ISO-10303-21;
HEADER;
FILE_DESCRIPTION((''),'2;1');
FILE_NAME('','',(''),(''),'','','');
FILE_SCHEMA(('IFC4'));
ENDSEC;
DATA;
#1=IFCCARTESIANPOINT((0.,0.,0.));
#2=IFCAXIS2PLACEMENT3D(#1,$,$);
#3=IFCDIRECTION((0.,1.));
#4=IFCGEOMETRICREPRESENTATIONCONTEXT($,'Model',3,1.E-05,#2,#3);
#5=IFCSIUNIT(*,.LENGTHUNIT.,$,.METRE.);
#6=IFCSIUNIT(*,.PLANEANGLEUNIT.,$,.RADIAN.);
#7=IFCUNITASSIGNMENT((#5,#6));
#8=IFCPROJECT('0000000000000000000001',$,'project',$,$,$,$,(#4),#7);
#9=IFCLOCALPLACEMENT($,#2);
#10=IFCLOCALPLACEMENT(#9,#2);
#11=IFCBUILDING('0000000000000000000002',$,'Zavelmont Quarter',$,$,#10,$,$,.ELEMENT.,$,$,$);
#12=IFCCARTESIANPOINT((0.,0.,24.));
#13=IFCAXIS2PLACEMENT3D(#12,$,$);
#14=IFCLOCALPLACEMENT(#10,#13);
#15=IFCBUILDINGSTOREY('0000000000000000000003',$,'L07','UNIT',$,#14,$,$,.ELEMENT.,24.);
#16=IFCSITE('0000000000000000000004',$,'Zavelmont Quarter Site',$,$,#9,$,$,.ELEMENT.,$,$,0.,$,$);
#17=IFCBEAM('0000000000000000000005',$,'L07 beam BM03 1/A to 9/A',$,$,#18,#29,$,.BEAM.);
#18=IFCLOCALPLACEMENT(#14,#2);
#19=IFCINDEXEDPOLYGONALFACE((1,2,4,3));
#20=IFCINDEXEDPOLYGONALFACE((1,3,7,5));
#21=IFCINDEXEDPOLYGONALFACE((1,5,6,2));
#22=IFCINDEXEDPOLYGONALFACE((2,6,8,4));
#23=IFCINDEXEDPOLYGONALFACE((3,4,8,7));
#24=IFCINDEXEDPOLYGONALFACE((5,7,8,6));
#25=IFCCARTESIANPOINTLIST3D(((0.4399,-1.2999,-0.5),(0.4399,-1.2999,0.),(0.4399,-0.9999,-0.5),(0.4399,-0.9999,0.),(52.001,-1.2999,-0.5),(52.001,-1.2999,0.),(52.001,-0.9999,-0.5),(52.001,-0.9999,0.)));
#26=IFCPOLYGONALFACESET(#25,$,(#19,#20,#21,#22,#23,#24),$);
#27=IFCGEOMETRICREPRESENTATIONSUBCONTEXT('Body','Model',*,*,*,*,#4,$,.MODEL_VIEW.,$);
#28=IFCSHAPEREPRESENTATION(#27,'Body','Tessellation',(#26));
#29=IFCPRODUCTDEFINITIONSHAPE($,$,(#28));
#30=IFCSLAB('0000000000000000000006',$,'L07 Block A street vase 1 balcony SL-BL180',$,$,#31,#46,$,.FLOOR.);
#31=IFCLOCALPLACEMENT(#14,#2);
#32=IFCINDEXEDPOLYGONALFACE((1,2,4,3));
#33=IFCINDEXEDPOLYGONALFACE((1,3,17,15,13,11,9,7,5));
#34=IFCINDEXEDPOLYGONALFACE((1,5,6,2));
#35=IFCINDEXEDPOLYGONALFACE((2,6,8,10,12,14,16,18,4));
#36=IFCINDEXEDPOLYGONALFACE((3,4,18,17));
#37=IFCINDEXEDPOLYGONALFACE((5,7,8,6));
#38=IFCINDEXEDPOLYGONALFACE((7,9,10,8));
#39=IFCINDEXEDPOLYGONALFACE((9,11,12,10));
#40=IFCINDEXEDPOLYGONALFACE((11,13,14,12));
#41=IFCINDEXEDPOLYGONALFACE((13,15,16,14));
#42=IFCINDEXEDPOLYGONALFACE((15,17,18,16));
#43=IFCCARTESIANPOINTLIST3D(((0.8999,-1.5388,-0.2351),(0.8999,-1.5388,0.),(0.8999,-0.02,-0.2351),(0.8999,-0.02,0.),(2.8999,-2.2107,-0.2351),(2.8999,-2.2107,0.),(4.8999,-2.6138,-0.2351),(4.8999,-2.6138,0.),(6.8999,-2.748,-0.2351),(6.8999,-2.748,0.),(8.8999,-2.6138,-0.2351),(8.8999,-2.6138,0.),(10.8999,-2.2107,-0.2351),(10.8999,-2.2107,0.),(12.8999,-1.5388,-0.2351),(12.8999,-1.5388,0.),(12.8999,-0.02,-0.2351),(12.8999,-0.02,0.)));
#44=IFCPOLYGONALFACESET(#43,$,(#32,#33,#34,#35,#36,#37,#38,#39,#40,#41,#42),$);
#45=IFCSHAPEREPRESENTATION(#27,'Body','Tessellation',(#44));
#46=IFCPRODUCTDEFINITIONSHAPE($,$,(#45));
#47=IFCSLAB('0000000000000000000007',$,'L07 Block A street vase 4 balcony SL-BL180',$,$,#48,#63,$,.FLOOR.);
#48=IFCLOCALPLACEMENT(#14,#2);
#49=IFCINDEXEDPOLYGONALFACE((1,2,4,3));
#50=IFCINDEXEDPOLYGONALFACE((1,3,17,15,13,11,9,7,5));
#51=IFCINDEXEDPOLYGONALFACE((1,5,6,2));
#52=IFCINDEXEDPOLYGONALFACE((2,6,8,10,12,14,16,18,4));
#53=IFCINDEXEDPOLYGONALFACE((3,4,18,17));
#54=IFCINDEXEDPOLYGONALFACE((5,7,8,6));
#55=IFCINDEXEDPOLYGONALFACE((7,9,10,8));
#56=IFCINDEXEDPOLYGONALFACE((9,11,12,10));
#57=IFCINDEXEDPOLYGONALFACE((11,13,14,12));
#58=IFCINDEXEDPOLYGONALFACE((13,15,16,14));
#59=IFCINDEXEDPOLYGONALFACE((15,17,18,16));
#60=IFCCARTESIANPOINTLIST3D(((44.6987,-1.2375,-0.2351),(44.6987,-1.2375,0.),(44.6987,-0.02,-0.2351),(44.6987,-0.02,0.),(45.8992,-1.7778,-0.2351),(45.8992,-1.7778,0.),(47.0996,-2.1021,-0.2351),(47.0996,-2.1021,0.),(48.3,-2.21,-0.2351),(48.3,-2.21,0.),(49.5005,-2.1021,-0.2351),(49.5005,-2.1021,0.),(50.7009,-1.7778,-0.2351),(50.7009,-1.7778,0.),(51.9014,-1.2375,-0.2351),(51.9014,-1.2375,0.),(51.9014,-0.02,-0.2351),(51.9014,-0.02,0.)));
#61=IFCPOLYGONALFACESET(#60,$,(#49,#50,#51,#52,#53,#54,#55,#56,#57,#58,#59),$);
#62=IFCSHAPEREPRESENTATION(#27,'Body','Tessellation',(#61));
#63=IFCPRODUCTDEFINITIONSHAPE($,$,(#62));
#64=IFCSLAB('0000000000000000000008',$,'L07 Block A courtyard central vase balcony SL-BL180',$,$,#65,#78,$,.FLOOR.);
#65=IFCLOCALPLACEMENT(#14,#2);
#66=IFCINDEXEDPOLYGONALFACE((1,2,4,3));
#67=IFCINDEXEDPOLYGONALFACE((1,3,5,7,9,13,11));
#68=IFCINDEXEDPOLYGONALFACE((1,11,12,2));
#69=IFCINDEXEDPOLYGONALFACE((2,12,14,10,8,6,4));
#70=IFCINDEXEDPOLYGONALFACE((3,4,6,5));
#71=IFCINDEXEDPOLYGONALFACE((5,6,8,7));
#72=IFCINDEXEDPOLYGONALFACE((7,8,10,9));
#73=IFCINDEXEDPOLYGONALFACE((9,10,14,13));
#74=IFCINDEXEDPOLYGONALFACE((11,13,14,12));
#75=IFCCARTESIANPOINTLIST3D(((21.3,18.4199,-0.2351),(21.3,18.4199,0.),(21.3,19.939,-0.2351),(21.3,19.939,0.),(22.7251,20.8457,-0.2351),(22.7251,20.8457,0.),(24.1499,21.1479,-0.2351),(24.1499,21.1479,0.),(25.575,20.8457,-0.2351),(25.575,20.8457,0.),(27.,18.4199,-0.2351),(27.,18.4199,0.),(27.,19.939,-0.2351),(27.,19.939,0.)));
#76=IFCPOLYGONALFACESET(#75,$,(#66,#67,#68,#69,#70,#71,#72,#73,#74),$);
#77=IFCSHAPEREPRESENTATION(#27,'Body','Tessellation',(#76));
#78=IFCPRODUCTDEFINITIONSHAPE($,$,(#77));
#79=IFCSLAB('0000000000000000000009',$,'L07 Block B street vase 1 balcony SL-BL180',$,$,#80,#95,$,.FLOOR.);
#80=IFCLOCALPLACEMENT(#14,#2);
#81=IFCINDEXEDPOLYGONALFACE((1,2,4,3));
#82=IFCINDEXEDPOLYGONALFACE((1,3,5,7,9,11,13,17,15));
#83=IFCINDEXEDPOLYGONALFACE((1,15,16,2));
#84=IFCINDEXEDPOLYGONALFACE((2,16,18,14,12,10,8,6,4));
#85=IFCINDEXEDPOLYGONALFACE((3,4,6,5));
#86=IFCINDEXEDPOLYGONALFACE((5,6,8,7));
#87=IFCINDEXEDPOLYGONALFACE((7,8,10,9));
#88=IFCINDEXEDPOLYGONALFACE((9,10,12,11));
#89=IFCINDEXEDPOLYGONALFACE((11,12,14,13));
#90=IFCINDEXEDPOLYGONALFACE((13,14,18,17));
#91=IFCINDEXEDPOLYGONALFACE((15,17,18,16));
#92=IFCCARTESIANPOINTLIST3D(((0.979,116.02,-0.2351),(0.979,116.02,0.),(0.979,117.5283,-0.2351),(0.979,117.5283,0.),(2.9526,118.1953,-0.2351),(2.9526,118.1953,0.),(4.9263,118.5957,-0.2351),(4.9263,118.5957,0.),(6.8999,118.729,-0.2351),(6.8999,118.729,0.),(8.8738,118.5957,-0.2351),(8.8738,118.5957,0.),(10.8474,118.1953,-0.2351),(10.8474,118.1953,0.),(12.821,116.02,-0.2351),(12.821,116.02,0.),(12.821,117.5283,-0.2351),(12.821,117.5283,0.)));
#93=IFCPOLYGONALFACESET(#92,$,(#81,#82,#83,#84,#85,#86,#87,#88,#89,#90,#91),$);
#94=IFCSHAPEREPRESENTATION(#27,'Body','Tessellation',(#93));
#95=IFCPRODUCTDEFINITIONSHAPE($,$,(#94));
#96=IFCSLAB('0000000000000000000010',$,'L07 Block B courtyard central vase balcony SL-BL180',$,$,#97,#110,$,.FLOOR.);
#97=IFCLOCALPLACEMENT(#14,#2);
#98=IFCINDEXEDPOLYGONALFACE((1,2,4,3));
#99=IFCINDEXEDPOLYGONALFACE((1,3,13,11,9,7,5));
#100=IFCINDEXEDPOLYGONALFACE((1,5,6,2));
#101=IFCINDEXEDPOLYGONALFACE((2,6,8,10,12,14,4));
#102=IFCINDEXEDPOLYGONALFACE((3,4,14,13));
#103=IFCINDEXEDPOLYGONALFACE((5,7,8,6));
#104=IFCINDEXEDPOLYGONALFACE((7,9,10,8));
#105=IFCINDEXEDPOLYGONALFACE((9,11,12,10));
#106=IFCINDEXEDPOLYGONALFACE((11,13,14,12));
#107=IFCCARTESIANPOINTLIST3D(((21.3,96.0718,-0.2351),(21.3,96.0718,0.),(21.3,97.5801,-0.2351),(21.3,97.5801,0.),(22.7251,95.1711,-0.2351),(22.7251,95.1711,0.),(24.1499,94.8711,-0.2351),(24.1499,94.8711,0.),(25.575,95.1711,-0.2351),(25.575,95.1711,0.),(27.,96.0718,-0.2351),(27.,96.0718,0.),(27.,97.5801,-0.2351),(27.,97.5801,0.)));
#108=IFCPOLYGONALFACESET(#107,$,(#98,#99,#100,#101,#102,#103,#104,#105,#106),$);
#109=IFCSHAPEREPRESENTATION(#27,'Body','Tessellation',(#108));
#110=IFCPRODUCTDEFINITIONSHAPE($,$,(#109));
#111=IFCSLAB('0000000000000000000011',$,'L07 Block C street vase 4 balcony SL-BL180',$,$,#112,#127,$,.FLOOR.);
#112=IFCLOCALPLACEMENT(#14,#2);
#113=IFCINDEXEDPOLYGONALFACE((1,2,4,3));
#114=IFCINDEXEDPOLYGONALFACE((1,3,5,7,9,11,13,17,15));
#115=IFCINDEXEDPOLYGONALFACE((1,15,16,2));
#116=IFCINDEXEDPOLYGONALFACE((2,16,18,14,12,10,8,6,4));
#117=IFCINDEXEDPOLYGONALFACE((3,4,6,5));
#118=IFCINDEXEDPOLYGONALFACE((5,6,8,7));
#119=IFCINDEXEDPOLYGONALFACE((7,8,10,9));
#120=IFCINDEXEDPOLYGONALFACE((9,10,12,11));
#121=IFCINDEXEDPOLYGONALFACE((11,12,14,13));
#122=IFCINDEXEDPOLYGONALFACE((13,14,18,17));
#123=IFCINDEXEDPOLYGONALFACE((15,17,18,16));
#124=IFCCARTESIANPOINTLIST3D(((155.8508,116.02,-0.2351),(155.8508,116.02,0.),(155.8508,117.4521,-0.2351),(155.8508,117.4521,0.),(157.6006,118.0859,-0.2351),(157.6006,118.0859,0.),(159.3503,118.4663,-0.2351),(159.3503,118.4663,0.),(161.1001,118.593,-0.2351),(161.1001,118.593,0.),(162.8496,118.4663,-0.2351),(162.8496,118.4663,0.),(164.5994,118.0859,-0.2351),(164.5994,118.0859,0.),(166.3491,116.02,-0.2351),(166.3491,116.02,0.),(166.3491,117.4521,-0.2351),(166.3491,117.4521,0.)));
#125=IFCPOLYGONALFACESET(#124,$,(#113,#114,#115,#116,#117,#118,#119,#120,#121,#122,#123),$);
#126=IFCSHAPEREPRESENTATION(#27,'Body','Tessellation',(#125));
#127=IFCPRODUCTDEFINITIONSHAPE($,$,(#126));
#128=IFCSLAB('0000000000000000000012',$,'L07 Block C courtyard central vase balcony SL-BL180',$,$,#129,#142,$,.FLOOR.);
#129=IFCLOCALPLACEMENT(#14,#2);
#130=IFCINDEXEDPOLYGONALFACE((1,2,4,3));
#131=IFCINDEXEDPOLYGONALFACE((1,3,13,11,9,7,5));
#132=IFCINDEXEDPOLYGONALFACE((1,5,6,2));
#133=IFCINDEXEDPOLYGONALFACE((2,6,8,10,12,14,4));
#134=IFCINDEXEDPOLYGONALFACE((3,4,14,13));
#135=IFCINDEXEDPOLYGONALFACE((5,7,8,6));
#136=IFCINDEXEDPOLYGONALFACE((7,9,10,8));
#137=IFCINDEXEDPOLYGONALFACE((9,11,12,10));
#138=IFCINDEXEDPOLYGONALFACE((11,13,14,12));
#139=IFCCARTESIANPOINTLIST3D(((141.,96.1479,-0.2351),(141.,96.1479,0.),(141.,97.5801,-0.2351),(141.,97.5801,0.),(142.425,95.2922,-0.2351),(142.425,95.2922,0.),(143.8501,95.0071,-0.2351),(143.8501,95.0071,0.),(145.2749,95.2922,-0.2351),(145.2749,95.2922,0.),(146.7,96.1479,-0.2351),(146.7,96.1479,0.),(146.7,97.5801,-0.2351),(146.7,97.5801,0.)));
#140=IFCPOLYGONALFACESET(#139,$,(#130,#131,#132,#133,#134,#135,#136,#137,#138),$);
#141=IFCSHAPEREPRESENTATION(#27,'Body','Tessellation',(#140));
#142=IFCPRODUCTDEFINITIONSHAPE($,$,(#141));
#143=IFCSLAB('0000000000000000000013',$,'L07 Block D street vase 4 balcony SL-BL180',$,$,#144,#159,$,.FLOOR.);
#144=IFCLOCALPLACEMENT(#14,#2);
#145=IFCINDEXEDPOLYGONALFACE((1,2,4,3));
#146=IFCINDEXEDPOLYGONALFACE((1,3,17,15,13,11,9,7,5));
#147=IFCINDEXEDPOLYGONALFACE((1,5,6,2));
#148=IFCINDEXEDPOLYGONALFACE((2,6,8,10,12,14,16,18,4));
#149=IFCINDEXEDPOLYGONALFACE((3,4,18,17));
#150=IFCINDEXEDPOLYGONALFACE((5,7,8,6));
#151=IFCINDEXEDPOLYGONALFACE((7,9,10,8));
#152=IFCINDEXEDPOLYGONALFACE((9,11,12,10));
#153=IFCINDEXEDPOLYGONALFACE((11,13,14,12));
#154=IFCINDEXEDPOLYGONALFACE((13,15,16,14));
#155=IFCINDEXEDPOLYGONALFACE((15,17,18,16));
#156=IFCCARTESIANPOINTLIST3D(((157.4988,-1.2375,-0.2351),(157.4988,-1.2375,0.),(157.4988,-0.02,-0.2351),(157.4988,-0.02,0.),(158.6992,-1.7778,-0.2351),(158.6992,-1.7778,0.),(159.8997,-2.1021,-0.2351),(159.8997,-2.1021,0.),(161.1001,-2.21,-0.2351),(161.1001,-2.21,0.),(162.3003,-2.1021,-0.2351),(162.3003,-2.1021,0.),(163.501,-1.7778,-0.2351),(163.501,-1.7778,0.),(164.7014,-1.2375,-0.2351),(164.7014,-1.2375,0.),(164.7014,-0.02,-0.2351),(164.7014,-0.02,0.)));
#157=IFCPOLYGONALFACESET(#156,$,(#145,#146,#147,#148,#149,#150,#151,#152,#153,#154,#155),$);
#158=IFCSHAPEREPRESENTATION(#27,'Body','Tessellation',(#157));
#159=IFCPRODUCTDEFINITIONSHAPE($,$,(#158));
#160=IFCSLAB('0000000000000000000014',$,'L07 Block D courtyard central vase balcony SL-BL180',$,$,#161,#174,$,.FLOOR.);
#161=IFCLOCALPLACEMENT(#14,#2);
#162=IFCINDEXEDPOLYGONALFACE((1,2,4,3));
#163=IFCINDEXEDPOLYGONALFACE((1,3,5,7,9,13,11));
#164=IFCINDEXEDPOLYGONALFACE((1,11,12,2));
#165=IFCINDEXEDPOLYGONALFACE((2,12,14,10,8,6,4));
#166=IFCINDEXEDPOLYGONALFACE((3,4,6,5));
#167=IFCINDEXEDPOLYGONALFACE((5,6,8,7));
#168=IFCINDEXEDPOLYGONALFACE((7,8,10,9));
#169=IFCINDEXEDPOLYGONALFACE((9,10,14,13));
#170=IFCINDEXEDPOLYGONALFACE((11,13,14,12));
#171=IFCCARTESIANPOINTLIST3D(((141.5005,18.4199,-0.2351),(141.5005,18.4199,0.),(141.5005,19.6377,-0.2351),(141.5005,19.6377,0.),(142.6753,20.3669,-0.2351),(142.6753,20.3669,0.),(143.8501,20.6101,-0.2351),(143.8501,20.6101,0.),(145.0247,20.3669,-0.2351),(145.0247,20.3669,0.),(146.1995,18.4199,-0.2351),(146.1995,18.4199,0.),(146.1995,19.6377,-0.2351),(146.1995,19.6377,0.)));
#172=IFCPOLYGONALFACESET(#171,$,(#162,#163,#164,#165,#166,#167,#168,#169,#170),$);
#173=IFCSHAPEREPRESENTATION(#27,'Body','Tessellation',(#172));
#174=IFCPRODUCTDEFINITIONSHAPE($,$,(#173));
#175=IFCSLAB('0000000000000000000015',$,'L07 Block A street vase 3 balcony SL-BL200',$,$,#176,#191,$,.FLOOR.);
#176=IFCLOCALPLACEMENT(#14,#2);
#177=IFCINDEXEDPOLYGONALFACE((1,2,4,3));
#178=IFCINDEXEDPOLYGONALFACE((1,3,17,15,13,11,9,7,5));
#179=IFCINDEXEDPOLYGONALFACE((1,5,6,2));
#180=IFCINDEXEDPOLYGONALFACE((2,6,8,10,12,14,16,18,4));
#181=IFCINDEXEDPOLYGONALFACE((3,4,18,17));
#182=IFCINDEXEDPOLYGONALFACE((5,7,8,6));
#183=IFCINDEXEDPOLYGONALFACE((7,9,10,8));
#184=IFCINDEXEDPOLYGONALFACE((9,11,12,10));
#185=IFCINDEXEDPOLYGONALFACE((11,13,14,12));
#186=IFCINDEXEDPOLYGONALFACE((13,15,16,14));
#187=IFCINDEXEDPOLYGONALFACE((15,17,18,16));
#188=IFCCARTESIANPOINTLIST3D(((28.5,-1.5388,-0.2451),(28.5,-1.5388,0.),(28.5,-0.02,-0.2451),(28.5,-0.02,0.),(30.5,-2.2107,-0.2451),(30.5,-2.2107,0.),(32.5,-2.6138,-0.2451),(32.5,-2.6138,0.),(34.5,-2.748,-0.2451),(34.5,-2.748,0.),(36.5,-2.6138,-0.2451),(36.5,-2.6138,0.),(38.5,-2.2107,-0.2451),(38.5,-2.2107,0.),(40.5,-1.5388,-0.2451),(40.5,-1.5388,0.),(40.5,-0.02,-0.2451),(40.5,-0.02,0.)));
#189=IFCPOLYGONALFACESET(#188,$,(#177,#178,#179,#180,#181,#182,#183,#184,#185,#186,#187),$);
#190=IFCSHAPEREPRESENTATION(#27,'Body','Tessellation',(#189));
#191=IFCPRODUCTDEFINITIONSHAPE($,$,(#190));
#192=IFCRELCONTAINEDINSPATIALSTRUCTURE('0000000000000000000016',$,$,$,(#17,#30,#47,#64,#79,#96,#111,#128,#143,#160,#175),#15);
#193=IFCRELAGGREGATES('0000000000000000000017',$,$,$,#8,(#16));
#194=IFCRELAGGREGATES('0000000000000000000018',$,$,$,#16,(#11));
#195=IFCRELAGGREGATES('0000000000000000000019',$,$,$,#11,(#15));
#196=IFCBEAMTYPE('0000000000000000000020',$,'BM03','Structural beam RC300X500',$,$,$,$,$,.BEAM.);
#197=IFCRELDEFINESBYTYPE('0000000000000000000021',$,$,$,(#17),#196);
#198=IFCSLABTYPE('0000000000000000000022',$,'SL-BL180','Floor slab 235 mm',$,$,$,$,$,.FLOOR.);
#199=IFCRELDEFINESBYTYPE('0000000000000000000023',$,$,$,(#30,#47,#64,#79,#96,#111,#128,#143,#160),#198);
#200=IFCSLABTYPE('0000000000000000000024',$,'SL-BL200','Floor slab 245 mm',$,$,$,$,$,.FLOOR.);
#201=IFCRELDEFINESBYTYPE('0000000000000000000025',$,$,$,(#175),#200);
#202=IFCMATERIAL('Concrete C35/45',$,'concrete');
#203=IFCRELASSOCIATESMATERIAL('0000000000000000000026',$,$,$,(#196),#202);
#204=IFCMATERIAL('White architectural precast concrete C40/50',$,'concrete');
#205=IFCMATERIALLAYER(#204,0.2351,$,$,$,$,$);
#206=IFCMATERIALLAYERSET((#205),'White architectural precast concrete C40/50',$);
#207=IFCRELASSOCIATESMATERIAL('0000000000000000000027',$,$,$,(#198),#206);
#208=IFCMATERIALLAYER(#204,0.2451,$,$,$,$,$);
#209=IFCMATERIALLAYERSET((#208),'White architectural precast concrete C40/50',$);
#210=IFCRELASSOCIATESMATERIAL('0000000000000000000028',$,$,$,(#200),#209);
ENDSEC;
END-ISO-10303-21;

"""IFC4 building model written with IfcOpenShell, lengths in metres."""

from ifc_helpers import new_model, si_unit, direction, frame, origin, origin_2d, place, context, subcontext, project, spatial, polyline, rectangle, outline, extrude, material, layer, layer_set, material_profile, profile_set, type_object, element, save


model = new_model("IFC4")

# Units and contexts
model_context = context("Model", 3, precision=1e-05, world=origin(), true_north=direction((0.0, 1.0)))
body_context = subcontext(model_context, "Body", "Model", "MODEL_VIEW")
ifc_project = project(units=[si_unit("LENGTHUNIT", "METRE"), si_unit("PLANEANGLEUNIT", "RADIAN")], contexts=[model_context])

# Site, building, storey
site_placement = place(None, origin())
site = spatial("IfcSite", under=ifc_project, at=site_placement, Name="Zavelmont Quarter Site", CompositionType="ELEMENT", RefElevation=0.0)
building_placement = place(site_placement, origin())
building = spatial("IfcBuilding", under=site, at=building_placement, Name="Zavelmont Quarter", CompositionType="ELEMENT")
storey_placement = place(building_placement, frame((0.0, 0.0, 24.0)))
storey = spatial("IfcBuildingStorey", under=building, at=storey_placement, Name="L07", Description="UNIT", CompositionType="ELEMENT", Elevation=24.0)

# Beam
ifc_material_1 = material(Name="Concrete C35/45", Category="concrete")
ifc_material_profile = material_profile(ifc_material_1, rectangle(XDim=0.3, YDim=0.5, at=origin_2d()), Name="RC300X500")
ifc_profile_set = profile_set([ifc_material_profile], Name="Concrete C35/45")
beam_type = type_object("IfcBeamType", Name="BM03", Description="Structural beam RC300X500", PredefinedType="BEAM", material=ifc_profile_set)
beam_placement = place(storey_placement, frame((0.4399, -1.1499, -0.25), z_axis=(1.0, 0.0, 0.0), x_axis=(0.0, 1.0, 0.0)))
element("IfcBeam", 1, at=beam_placement, inside=storey, type_object=beam_type, Name="L07 beam BM03 1/A to 9/A", PredefinedType="BEAM", context=body_context, shape_type="SweptSolid", body=[
    extrude(rectangle(XDim=0.3, YDim=0.5, at=origin_2d()), origin(), (0.0, 0.0, 1.0), 51.561),
])

# Slabs
ifc_material_2 = material(Name="White architectural precast concrete C40/50", Category="concrete")
ifc_layer_1 = layer(ifc_material_2, 0.2351)
ifc_layer_set_1 = layer_set([ifc_layer_1], Name="White architectural precast concrete C40/50")
slab_type_1 = type_object("IfcSlabType", Name="SL-BL180", Description="Floor slab 235 mm", PredefinedType="FLOOR", material=ifc_layer_set_1)
slab_1_placement = place(storey_placement, frame((0.0, 0.0, -0.2351)))
element("IfcSlab", 2, at=slab_1_placement, inside=storey, type_object=slab_type_1, Name="L07 Block A street vase 1 balcony SL-BL180", PredefinedType="FLOOR", context=body_context, shape_type="SweptSolid", body=[
    extrude(outline(polyline([(0.8999, -0.02), (0.8999, -1.5388), (2.8999, -2.2107), (4.8999, -2.6138), (6.8999, -2.748), (8.8999, -2.6138), (10.8999, -2.2107), (12.8999, -1.5388), (12.8999, -0.02), (0.8999, -0.02)])), origin(), (0.0, 0.0, 1.0), 0.2351),
])
slab_2_placement = place(storey_placement, frame((0.0, 0.0, -0.2351)))
element("IfcSlab", 3, at=slab_2_placement, inside=storey, type_object=slab_type_1, Name="L07 Block A street vase 4 balcony SL-BL180", PredefinedType="FLOOR", context=body_context, shape_type="SweptSolid", body=[
    extrude(outline(polyline([(44.6987, -0.02), (44.6987, -1.2375), (45.8992, -1.7778), (47.0996, -2.1021), (48.3, -2.21), (49.5005, -2.1021), (50.7009, -1.7778), (51.9014, -1.2375), (51.9014, -0.02), (44.6987, -0.02)])), origin(), (0.0, 0.0, 1.0), 0.2351),
])
slab_3_placement = place(storey_placement, frame((0.0, 0.0, -0.2351)))
element("IfcSlab", 4, at=slab_3_placement, inside=storey, type_object=slab_type_1, Name="L07 Block A courtyard central vase balcony SL-BL180", PredefinedType="FLOOR", context=body_context, shape_type="SweptSolid", body=[
    extrude(outline(polyline([(27.0, 18.4199), (27.0, 19.939), (25.575, 20.8457), (24.1499, 21.1479), (22.7251, 20.8457), (21.3, 19.939), (21.3, 18.4199), (27.0, 18.4199)])), origin(), (0.0, 0.0, 1.0), 0.2351),
])
slab_4_placement = place(storey_placement, frame((0.0, 0.0, -0.2351)))
element("IfcSlab", 5, at=slab_4_placement, inside=storey, type_object=slab_type_1, Name="L07 Block B street vase 1 balcony SL-BL180", PredefinedType="FLOOR", context=body_context, shape_type="SweptSolid", body=[
    extrude(outline(polyline([(12.821, 116.02), (12.821, 117.5283), (10.8474, 118.1953), (8.8738, 118.5957), (6.8999, 118.729), (4.9263, 118.5957), (2.9526, 118.1953), (0.979, 117.5283), (0.979, 116.02), (12.821, 116.02)])), origin(), (0.0, 0.0, 1.0), 0.2351),
])
slab_5_placement = place(storey_placement, frame((0.0, 0.0, -0.2351)))
element("IfcSlab", 6, at=slab_5_placement, inside=storey, type_object=slab_type_1, Name="L07 Block B courtyard central vase balcony SL-BL180", PredefinedType="FLOOR", context=body_context, shape_type="SweptSolid", body=[
    extrude(outline(polyline([(21.3, 97.5801), (21.3, 96.0718), (22.7251, 95.1711), (24.1499, 94.8711), (25.575, 95.1711), (27.0, 96.0718), (27.0, 97.5801), (21.3, 97.5801)])), origin(), (0.0, 0.0, 1.0), 0.2351),
])
slab_6_placement = place(storey_placement, frame((0.0, 0.0, -0.2351)))
element("IfcSlab", 7, at=slab_6_placement, inside=storey, type_object=slab_type_1, Name="L07 Block C street vase 4 balcony SL-BL180", PredefinedType="FLOOR", context=body_context, shape_type="SweptSolid", body=[
    extrude(outline(polyline([(166.3491, 116.02), (166.3491, 117.4521), (164.5994, 118.0859), (162.8496, 118.4663), (161.1001, 118.593), (159.3503, 118.4663), (157.6006, 118.0859), (155.8508, 117.4521), (155.8508, 116.02), (166.3491, 116.02)])), origin(), (0.0, 0.0, 1.0), 0.2351),
])
slab_7_placement = place(storey_placement, frame((0.0, 0.0, -0.2351)))
element("IfcSlab", 8, at=slab_7_placement, inside=storey, type_object=slab_type_1, Name="L07 Block C courtyard central vase balcony SL-BL180", PredefinedType="FLOOR", context=body_context, shape_type="SweptSolid", body=[
    extrude(outline(polyline([(141.0, 97.5801), (141.0, 96.1479), (142.425, 95.2922), (143.8501, 95.0071), (145.2749, 95.2922), (146.7, 96.1479), (146.7, 97.5801), (141.0, 97.5801)])), origin(), (0.0, 0.0, 1.0), 0.2351),
])
slab_8_placement = place(storey_placement, frame((0.0, 0.0, -0.2351)))
element("IfcSlab", 9, at=slab_8_placement, inside=storey, type_object=slab_type_1, Name="L07 Block D street vase 4 balcony SL-BL180", PredefinedType="FLOOR", context=body_context, shape_type="SweptSolid", body=[
    extrude(outline(polyline([(157.4988, -0.02), (157.4988, -1.2375), (158.6992, -1.7778), (159.8997, -2.1021), (161.1001, -2.21), (162.3003, -2.1021), (163.501, -1.7778), (164.7014, -1.2375), (164.7014, -0.02), (157.4988, -0.02)])), origin(), (0.0, 0.0, 1.0), 0.2351),
])
slab_9_placement = place(storey_placement, frame((0.0, 0.0, -0.2351)))
element("IfcSlab", 10, at=slab_9_placement, inside=storey, type_object=slab_type_1, Name="L07 Block D courtyard central vase balcony SL-BL180", PredefinedType="FLOOR", context=body_context, shape_type="SweptSolid", body=[
    extrude(outline(polyline([(146.1995, 18.4199), (146.1995, 19.6377), (145.0247, 20.3669), (143.8501, 20.6101), (142.6753, 20.3669), (141.5005, 19.6377), (141.5005, 18.4199), (146.1995, 18.4199)])), origin(), (0.0, 0.0, 1.0), 0.2351),
])
ifc_layer_2 = layer(ifc_material_2, 0.2451)
ifc_layer_set_2 = layer_set([ifc_layer_2], Name="White architectural precast concrete C40/50")
slab_type_2 = type_object("IfcSlabType", Name="SL-BL200", Description="Floor slab 245 mm", PredefinedType="FLOOR", material=ifc_layer_set_2)
slab_10_placement = place(storey_placement, frame((0.0, 0.0, -0.2451)))
element("IfcSlab", 11, at=slab_10_placement, inside=storey, type_object=slab_type_2, Name="L07 Block A street vase 3 balcony SL-BL200", PredefinedType="FLOOR", context=body_context, shape_type="SweptSolid", body=[
    extrude(outline(polyline([(28.5, -0.02), (28.5, -1.5388), (30.5, -2.2107), (32.5, -2.6138), (34.5, -2.748), (36.5, -2.6138), (38.5, -2.2107), (40.5, -1.5388), (40.5, -0.02), (28.5, -0.02)])), origin(), (0.0, 0.0, 1.0), 0.2451),
])

save(model, "model.ifc")
